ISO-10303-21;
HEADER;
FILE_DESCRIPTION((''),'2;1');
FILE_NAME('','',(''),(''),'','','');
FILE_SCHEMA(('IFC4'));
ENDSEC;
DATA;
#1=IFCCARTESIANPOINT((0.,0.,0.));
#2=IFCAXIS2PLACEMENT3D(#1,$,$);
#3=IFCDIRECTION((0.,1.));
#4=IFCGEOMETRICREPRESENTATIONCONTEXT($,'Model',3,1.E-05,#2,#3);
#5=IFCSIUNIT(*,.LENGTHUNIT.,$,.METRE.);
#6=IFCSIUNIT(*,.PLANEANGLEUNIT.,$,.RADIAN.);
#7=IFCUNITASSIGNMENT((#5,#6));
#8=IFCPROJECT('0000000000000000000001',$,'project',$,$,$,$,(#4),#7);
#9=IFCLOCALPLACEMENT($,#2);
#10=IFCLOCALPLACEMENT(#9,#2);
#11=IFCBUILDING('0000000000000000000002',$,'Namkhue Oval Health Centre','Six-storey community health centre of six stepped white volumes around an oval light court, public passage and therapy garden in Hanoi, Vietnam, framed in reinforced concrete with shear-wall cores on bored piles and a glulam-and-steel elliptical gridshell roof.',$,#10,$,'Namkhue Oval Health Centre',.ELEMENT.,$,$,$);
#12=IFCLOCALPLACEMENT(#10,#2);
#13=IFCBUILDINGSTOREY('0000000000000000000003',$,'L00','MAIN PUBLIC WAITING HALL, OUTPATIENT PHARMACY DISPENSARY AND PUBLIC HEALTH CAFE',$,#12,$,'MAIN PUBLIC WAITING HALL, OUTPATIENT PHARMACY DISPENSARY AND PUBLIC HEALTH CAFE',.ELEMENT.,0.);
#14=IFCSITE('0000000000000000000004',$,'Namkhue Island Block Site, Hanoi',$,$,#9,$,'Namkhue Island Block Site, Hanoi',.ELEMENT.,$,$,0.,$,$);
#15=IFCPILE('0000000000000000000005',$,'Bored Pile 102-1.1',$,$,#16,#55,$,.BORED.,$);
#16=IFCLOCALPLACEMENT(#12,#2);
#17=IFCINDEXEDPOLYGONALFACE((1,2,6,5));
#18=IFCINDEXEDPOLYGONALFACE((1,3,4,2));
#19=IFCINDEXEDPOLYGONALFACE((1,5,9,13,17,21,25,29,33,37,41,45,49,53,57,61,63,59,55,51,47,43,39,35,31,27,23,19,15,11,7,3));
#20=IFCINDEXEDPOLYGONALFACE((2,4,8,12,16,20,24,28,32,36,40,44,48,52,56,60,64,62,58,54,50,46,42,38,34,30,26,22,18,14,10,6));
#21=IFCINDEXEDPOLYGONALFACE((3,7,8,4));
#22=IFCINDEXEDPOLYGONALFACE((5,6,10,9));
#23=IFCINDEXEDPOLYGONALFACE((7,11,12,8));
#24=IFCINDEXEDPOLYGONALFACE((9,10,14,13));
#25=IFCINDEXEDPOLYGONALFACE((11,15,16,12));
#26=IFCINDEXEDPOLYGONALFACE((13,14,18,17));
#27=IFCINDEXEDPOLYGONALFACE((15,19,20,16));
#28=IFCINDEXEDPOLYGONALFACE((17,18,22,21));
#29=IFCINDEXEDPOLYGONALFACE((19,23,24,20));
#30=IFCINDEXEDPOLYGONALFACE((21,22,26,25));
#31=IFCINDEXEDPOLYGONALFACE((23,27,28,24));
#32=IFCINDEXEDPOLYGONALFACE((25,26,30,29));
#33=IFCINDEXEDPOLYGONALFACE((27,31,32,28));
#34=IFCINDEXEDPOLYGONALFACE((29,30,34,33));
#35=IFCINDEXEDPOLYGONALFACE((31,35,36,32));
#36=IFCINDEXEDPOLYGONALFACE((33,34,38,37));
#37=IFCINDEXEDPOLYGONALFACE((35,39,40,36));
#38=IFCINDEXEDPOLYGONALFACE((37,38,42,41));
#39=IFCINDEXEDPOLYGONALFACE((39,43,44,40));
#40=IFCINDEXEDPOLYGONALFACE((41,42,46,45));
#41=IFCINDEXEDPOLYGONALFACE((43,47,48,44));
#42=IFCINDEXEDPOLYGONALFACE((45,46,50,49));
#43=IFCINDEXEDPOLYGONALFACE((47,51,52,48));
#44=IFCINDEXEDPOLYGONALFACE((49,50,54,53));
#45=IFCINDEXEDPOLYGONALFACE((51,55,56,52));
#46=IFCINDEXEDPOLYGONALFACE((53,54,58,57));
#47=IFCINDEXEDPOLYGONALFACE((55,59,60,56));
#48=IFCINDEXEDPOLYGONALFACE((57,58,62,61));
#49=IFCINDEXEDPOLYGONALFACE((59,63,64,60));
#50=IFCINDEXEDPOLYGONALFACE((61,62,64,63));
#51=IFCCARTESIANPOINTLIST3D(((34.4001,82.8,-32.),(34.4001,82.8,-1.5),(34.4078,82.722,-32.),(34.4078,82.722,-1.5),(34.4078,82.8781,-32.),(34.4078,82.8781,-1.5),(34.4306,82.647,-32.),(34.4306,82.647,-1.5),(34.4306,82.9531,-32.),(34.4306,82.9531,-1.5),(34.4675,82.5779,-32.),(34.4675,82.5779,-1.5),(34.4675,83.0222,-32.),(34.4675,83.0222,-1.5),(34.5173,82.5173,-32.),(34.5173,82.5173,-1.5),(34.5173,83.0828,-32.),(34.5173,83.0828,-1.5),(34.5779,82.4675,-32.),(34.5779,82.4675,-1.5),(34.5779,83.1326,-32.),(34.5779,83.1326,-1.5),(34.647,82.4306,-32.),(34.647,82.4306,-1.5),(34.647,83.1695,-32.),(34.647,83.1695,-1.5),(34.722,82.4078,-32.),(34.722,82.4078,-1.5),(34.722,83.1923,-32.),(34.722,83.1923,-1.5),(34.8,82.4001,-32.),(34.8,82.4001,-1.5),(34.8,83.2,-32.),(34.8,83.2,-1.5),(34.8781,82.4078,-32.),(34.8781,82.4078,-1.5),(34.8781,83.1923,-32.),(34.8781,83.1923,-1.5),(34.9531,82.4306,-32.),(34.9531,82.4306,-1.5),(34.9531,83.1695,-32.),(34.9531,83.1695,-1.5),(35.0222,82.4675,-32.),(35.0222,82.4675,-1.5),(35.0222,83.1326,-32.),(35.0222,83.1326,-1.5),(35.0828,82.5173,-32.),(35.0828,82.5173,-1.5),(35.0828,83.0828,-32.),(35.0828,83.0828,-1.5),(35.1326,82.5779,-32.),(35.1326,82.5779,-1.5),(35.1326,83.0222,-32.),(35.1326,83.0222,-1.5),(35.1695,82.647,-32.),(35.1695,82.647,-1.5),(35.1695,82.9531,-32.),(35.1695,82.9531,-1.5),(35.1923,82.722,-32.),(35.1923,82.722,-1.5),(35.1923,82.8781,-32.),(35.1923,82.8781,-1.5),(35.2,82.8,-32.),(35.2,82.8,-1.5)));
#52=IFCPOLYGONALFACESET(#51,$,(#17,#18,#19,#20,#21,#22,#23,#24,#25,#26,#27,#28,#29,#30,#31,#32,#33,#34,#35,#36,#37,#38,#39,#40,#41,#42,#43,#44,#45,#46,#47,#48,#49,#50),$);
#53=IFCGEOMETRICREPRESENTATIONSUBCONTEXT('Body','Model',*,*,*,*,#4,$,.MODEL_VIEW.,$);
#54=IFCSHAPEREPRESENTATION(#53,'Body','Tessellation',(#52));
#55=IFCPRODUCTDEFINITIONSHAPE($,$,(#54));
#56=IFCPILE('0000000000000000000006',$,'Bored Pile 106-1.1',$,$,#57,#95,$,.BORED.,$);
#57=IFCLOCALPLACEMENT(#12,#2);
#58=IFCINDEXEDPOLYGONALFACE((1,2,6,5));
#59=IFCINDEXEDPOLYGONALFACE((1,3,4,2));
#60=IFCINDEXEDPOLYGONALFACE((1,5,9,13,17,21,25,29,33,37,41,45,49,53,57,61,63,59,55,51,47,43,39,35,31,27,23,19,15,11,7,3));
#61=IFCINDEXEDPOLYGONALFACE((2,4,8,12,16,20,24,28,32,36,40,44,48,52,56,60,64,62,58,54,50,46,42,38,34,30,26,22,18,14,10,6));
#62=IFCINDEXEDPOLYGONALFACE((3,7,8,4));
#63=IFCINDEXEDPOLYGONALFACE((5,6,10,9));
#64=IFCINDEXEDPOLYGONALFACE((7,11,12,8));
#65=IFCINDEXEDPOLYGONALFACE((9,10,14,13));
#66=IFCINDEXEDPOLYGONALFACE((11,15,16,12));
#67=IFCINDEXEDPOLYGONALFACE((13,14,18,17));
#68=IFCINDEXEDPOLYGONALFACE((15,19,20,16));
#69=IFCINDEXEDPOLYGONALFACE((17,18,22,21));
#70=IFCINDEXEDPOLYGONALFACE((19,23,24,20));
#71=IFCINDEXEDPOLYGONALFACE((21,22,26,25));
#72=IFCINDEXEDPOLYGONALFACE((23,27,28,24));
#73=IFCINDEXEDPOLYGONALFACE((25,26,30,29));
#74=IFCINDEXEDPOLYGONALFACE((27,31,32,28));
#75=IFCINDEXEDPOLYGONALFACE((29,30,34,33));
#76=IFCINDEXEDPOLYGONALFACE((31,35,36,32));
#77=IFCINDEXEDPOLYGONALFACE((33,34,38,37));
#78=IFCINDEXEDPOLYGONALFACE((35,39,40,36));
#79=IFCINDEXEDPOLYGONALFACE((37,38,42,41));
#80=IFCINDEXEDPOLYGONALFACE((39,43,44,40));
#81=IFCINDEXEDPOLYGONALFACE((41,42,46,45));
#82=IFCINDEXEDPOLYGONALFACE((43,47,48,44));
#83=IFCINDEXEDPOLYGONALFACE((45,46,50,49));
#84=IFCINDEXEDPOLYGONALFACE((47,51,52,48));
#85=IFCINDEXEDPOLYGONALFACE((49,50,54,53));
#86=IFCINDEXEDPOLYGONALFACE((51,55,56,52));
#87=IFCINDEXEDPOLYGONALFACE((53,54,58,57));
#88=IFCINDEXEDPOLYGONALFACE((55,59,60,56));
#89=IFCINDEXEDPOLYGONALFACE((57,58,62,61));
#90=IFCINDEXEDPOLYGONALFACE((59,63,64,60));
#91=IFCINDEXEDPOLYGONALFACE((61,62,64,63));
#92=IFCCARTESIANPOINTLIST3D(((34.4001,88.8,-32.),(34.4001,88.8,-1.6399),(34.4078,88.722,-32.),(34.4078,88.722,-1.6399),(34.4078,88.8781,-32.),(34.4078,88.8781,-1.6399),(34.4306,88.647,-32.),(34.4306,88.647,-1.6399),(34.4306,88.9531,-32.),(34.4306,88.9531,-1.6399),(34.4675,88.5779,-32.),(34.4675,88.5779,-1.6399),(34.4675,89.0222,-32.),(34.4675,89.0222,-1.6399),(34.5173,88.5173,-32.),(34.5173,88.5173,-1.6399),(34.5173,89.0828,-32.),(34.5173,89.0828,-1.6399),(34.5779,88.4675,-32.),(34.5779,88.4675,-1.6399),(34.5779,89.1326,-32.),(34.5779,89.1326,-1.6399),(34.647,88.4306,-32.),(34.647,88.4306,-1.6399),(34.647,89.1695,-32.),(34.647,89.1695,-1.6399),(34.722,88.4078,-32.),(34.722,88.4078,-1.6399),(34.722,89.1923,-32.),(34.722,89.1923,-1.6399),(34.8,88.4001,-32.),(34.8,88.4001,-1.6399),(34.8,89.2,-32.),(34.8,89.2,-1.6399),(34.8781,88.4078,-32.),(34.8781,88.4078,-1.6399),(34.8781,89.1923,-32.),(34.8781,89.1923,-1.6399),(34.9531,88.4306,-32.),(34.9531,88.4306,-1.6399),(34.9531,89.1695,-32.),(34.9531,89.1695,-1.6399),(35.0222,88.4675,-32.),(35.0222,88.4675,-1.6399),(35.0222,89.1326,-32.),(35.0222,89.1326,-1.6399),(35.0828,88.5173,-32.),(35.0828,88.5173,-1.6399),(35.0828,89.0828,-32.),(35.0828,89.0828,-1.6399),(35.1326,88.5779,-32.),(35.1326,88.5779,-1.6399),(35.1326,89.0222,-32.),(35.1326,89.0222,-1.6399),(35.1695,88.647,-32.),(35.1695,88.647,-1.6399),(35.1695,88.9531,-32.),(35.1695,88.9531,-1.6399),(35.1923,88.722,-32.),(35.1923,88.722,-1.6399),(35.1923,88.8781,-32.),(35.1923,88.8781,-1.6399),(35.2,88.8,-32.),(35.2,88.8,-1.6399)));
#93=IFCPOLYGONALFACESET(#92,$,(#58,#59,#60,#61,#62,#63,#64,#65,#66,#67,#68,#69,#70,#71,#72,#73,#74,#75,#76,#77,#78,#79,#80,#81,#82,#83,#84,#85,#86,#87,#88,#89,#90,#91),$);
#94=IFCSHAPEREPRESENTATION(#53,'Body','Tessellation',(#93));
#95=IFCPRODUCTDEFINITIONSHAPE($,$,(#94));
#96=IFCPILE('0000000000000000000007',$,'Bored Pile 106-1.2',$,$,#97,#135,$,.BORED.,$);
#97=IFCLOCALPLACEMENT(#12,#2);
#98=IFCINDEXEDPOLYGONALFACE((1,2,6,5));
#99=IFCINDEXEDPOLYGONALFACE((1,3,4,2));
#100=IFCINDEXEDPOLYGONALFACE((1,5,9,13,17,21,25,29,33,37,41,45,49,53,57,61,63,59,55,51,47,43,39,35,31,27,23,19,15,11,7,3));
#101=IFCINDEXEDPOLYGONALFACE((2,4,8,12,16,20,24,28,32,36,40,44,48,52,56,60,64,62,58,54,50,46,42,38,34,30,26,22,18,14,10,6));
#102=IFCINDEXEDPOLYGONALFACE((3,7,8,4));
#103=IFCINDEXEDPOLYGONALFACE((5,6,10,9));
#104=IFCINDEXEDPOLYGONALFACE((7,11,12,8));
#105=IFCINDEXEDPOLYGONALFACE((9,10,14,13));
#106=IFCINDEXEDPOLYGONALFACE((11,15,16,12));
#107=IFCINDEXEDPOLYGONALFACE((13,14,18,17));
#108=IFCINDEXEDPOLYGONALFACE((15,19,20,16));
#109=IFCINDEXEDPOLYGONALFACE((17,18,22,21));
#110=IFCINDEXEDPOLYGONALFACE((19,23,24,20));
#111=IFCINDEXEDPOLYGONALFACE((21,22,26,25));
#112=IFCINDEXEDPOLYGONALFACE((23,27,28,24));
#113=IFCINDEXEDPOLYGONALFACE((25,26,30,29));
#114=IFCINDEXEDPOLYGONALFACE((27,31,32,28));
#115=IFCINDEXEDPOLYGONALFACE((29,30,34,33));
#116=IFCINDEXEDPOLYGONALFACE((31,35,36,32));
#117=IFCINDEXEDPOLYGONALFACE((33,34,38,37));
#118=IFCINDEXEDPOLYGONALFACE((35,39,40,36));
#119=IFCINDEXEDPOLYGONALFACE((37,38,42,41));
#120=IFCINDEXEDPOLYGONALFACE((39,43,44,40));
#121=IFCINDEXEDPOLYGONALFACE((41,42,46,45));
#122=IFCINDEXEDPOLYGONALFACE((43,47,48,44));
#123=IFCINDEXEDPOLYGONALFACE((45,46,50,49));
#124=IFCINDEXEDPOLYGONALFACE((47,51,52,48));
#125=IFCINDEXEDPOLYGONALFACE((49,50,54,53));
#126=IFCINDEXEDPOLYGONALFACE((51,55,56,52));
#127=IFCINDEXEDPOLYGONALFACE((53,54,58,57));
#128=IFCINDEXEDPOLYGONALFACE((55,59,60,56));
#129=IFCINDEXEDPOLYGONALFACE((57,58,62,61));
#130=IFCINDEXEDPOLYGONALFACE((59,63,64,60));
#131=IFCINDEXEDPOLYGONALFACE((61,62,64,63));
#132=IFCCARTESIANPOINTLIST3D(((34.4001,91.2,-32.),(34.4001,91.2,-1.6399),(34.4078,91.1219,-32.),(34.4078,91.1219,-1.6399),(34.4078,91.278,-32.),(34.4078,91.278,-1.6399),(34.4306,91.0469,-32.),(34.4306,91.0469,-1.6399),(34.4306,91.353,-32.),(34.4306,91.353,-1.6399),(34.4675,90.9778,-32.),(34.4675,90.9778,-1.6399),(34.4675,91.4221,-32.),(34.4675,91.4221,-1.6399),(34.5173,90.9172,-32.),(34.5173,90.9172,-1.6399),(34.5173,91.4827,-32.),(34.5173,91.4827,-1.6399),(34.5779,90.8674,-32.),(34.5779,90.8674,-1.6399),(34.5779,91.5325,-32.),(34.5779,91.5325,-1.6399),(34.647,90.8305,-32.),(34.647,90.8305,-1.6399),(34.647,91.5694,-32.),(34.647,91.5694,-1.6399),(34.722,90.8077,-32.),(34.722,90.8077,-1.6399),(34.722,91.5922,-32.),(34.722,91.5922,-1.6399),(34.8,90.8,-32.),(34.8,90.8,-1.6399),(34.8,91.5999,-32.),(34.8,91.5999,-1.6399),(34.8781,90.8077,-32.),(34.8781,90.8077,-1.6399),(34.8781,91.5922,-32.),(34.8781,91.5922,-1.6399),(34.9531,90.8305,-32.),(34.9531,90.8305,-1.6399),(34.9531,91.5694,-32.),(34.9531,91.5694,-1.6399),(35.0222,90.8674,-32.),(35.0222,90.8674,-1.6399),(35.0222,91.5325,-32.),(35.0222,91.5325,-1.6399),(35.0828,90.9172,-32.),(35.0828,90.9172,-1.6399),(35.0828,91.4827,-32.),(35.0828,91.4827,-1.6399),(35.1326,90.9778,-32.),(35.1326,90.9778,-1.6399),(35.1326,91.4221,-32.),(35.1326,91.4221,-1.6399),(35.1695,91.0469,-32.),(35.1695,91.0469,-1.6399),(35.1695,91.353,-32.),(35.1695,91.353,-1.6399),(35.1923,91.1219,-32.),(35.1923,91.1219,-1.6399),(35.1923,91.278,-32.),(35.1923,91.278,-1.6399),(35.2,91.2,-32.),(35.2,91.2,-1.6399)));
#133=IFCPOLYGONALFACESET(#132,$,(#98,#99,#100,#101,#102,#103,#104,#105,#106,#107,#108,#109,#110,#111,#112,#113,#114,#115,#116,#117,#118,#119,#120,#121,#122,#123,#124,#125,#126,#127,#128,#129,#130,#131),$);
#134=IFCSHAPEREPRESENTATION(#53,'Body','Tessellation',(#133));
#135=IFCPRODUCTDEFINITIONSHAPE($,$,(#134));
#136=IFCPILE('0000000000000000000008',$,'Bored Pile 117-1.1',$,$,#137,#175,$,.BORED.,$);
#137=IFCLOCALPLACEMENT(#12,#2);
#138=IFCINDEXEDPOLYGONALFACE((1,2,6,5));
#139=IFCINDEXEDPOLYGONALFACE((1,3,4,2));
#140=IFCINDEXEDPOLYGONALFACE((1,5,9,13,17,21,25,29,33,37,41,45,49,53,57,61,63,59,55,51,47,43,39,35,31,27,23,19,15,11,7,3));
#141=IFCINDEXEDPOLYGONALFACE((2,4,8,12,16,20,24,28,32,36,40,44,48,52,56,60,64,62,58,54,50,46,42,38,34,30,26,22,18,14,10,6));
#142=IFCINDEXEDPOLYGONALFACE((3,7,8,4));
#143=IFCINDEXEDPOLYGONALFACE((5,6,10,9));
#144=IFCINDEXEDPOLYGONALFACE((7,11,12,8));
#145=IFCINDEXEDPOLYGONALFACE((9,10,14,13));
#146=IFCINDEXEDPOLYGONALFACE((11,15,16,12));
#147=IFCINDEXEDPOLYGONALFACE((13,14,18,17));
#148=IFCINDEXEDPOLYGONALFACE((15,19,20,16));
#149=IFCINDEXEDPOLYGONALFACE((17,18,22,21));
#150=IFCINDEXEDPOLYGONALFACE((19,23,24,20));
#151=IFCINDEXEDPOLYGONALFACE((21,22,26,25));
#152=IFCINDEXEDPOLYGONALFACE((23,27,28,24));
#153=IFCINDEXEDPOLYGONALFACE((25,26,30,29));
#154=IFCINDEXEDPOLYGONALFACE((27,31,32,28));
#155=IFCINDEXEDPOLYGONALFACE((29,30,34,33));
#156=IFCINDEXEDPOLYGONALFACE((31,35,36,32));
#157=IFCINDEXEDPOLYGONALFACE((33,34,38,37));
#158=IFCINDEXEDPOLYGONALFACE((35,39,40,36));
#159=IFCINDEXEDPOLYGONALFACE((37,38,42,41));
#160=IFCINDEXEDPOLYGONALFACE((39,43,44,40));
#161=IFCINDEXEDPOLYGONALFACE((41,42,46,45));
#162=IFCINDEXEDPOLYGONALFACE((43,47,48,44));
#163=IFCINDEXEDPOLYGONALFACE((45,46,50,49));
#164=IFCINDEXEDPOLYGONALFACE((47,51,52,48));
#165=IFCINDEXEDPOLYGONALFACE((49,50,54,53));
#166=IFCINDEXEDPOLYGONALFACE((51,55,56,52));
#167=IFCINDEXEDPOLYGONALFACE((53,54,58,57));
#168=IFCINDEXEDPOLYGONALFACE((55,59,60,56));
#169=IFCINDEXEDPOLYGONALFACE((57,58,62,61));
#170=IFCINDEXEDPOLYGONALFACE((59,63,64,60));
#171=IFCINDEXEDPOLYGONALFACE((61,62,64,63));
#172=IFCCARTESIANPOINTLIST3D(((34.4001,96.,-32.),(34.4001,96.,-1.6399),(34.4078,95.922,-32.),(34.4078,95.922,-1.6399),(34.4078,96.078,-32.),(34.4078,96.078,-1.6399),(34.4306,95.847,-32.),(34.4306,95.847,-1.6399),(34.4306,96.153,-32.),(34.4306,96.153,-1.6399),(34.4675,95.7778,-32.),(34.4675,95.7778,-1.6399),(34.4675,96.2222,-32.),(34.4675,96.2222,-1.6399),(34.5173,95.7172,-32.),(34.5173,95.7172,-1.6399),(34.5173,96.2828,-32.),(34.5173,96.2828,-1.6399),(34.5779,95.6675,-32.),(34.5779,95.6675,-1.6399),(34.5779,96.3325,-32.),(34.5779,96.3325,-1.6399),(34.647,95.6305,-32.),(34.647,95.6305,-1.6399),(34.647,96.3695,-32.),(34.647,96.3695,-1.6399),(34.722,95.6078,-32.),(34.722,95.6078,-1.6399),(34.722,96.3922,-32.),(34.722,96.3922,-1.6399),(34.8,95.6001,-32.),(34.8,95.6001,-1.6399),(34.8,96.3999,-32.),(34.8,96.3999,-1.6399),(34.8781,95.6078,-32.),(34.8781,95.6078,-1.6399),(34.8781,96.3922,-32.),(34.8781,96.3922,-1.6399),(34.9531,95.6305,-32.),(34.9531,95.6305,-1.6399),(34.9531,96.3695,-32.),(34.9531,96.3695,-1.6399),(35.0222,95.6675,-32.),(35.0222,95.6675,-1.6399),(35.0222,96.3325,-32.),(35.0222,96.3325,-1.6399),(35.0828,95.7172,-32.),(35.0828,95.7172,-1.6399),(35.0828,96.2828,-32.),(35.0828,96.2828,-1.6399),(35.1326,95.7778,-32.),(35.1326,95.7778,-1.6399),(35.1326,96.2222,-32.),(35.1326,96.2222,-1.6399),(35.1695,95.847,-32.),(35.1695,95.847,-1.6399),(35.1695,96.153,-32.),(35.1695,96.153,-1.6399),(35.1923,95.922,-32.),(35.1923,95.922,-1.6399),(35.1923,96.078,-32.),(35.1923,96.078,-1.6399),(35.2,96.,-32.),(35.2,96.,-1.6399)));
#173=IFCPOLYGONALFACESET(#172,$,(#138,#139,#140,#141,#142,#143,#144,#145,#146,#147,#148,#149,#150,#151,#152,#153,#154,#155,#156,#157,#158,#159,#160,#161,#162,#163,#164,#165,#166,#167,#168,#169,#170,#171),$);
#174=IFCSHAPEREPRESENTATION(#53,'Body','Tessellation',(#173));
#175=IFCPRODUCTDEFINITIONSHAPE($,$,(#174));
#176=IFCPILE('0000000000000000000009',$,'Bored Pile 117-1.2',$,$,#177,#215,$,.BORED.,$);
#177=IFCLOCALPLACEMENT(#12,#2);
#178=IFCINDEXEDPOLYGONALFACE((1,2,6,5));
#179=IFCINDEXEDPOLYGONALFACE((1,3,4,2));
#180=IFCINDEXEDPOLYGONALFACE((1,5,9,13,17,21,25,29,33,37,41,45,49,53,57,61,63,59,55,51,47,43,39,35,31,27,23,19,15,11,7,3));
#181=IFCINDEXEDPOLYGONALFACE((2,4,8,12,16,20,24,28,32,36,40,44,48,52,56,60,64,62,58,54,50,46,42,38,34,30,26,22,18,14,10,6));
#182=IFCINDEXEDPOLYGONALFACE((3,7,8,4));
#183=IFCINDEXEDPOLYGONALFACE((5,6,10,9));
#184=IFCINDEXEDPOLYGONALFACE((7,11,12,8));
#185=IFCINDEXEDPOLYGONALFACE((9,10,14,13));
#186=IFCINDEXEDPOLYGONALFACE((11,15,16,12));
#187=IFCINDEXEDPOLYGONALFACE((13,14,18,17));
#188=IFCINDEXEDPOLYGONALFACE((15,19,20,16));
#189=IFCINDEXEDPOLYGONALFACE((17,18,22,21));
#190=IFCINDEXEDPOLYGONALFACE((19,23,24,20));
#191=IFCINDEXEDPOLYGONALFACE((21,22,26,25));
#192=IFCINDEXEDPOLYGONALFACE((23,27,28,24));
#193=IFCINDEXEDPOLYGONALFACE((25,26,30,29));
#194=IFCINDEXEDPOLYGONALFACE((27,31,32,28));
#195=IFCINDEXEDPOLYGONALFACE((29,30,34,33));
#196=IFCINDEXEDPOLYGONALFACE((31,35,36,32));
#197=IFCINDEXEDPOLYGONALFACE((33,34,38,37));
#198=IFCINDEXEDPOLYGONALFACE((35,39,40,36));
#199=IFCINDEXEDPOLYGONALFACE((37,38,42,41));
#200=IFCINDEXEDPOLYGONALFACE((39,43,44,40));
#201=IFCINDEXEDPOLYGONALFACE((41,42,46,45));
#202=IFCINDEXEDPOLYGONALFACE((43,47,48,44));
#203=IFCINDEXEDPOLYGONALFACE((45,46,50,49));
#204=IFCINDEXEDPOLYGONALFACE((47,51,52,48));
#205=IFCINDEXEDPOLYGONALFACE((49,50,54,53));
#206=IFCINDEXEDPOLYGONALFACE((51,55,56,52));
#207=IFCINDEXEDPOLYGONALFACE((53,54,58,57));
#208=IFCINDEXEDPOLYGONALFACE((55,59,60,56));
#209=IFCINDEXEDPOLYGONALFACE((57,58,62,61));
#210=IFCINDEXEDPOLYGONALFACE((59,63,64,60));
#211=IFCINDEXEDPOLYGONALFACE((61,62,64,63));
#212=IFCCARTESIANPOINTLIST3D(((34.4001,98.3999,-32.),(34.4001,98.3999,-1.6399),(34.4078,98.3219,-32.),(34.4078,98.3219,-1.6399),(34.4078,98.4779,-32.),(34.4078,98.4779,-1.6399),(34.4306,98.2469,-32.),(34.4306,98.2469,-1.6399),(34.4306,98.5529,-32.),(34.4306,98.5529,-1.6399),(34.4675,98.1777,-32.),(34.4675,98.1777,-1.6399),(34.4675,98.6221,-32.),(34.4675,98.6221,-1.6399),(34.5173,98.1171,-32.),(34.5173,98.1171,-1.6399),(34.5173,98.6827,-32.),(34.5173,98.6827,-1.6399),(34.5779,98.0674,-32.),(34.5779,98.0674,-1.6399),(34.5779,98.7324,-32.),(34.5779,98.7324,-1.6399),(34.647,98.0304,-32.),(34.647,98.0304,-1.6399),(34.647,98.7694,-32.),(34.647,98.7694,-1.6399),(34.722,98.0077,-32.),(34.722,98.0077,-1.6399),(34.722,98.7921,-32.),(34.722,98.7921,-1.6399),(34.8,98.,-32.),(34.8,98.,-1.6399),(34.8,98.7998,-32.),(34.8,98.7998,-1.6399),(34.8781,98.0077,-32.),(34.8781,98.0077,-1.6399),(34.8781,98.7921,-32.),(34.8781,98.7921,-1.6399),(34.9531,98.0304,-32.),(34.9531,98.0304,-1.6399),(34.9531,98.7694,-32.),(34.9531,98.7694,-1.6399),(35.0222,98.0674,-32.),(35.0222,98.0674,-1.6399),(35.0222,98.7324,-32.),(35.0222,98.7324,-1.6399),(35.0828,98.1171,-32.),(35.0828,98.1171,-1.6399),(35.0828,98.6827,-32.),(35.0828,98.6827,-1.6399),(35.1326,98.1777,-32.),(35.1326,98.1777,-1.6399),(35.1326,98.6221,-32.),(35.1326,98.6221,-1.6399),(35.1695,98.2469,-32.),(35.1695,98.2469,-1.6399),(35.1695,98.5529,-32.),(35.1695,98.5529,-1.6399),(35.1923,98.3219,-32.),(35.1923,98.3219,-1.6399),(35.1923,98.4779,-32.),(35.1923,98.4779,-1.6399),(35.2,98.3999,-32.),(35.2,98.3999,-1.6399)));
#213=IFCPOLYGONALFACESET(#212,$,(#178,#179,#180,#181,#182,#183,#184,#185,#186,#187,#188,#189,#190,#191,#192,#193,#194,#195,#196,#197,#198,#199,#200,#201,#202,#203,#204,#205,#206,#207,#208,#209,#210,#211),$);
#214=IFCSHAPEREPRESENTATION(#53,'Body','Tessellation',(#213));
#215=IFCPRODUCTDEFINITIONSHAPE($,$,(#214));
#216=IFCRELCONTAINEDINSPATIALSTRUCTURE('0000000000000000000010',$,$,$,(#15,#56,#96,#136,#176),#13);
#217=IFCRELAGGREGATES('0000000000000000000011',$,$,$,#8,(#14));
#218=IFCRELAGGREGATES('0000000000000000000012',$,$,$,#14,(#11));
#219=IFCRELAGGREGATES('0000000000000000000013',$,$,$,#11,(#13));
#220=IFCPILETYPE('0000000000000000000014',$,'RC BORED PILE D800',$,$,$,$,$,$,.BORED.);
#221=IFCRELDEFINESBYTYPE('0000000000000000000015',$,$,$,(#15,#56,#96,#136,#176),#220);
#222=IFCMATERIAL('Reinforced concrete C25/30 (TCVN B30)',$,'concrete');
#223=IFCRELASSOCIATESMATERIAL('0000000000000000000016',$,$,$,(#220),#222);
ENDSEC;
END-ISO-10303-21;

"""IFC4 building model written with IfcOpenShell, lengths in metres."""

from ifc_helpers import new_model, si_unit, direction, frame, origin, origin_2d, place, context, subcontext, project, spatial, circle, extrude, material, material_profile, profile_set, type_object, element, save


model = new_model("IFC4")

# Units and contexts
model_context = context("Model", 3, precision=1e-05, world=origin(), true_north=direction((0.0, 1.0)))
body_context = subcontext(model_context, "Body", "Model", "MODEL_VIEW")
ifc_project = project(units=[si_unit("LENGTHUNIT", "METRE"), si_unit("PLANEANGLEUNIT", "RADIAN")], contexts=[model_context])

# Site, building, storey
site_placement = place(None, origin())
site = spatial("IfcSite", under=ifc_project, at=site_placement, Name="Namkhue Island Block Site, Hanoi", LongName="Namkhue Island Block Site, Hanoi", CompositionType="ELEMENT", RefElevation=0.0)
building_placement = place(site_placement, origin())
building = spatial("IfcBuilding", under=site, at=building_placement, Name="Namkhue Oval Health Centre", Description="Six-storey community health centre of six stepped white volumes around an oval light court, public passage and therapy garden in Hanoi, Vietnam, framed in reinforced concrete with shear-wall cores on bored piles and a glulam-and-steel elliptical gridshell roof.", LongName="Namkhue Oval Health Centre", CompositionType="ELEMENT")
storey_placement = place(building_placement, origin())
storey = spatial("IfcBuildingStorey", under=building, at=storey_placement, Name="L00", Description="MAIN PUBLIC WAITING HALL, OUTPATIENT PHARMACY DISPENSARY AND PUBLIC HEALTH CAFE", LongName="MAIN PUBLIC WAITING HALL, OUTPATIENT PHARMACY DISPENSARY AND PUBLIC HEALTH CAFE", CompositionType="ELEMENT", Elevation=0.0)

# Piles
ifc_material_1 = material(Name="Reinforced concrete C25/30 (TCVN B30)", Category="concrete")
ifc_material_profile_1 = material_profile(ifc_material_1, circle(Radius=0.3999, at=origin_2d()), Name="BORED PILE D800")
ifc_profile_set_1 = profile_set([ifc_material_profile_1], Name="Reinforced concrete C25/30 (TCVN B30)")
pile_type_1 = type_object("IfcPileType", Name="RC BORED PILE D800", PredefinedType="BORED", material=ifc_profile_set_1)
pile_placement = place(storey_placement, frame((34.8, 82.8, -1.5), z_axis=(0.0, 0.0, -1.0), x_axis=(1.0, 0.0, 0.0)))
element("IfcPile", 1, at=pile_placement, inside=storey, type_object=pile_type_1, Name="Bored Pile 102-1.1", PredefinedType="BORED", context=body_context, shape_type="SweptSolid", body=[
    extrude(circle(Radius=0.3999, at=origin_2d()), origin(), (0.0, 0.0, 1.0), 30.5),
])
for number, where, z_axis, x_axis, name in (
    (2, (34.8, 88.8, -1.6399), (0.0, 0.0, -1.0), (1.0, 0.0, 0.0), "Bored Pile 106-1.1"),
    (3, (34.8, 91.2, -1.6399), (0.0, 0.0, -1.0), (1.0, 0.0, 0.0), "Bored Pile 106-1.2"),
    (4, (34.8, 96.0, -1.6399), (0.0, 0.0, -1.0), (1.0, 0.0, 0.0), "Bored Pile 117-1.1"),
    (5, (34.8, 98.3999, -1.6399), (0.0, 0.0, -1.0), (1.0, 0.0, 0.0), "Bored Pile 117-1.2"),
):
    element("IfcPile", number, at=place(storey_placement, frame(where, z_axis=z_axis, x_axis=x_axis)), inside=storey, type_object=pile_type_1, Name=name, PredefinedType="BORED", context=body_context, shape_type="SweptSolid", body=[
        extrude(circle(Radius=0.3999, at=origin_2d()), origin(), (0.0, 0.0, 1.0), 30.3601),
    ])

save(model, "model.ifc")
